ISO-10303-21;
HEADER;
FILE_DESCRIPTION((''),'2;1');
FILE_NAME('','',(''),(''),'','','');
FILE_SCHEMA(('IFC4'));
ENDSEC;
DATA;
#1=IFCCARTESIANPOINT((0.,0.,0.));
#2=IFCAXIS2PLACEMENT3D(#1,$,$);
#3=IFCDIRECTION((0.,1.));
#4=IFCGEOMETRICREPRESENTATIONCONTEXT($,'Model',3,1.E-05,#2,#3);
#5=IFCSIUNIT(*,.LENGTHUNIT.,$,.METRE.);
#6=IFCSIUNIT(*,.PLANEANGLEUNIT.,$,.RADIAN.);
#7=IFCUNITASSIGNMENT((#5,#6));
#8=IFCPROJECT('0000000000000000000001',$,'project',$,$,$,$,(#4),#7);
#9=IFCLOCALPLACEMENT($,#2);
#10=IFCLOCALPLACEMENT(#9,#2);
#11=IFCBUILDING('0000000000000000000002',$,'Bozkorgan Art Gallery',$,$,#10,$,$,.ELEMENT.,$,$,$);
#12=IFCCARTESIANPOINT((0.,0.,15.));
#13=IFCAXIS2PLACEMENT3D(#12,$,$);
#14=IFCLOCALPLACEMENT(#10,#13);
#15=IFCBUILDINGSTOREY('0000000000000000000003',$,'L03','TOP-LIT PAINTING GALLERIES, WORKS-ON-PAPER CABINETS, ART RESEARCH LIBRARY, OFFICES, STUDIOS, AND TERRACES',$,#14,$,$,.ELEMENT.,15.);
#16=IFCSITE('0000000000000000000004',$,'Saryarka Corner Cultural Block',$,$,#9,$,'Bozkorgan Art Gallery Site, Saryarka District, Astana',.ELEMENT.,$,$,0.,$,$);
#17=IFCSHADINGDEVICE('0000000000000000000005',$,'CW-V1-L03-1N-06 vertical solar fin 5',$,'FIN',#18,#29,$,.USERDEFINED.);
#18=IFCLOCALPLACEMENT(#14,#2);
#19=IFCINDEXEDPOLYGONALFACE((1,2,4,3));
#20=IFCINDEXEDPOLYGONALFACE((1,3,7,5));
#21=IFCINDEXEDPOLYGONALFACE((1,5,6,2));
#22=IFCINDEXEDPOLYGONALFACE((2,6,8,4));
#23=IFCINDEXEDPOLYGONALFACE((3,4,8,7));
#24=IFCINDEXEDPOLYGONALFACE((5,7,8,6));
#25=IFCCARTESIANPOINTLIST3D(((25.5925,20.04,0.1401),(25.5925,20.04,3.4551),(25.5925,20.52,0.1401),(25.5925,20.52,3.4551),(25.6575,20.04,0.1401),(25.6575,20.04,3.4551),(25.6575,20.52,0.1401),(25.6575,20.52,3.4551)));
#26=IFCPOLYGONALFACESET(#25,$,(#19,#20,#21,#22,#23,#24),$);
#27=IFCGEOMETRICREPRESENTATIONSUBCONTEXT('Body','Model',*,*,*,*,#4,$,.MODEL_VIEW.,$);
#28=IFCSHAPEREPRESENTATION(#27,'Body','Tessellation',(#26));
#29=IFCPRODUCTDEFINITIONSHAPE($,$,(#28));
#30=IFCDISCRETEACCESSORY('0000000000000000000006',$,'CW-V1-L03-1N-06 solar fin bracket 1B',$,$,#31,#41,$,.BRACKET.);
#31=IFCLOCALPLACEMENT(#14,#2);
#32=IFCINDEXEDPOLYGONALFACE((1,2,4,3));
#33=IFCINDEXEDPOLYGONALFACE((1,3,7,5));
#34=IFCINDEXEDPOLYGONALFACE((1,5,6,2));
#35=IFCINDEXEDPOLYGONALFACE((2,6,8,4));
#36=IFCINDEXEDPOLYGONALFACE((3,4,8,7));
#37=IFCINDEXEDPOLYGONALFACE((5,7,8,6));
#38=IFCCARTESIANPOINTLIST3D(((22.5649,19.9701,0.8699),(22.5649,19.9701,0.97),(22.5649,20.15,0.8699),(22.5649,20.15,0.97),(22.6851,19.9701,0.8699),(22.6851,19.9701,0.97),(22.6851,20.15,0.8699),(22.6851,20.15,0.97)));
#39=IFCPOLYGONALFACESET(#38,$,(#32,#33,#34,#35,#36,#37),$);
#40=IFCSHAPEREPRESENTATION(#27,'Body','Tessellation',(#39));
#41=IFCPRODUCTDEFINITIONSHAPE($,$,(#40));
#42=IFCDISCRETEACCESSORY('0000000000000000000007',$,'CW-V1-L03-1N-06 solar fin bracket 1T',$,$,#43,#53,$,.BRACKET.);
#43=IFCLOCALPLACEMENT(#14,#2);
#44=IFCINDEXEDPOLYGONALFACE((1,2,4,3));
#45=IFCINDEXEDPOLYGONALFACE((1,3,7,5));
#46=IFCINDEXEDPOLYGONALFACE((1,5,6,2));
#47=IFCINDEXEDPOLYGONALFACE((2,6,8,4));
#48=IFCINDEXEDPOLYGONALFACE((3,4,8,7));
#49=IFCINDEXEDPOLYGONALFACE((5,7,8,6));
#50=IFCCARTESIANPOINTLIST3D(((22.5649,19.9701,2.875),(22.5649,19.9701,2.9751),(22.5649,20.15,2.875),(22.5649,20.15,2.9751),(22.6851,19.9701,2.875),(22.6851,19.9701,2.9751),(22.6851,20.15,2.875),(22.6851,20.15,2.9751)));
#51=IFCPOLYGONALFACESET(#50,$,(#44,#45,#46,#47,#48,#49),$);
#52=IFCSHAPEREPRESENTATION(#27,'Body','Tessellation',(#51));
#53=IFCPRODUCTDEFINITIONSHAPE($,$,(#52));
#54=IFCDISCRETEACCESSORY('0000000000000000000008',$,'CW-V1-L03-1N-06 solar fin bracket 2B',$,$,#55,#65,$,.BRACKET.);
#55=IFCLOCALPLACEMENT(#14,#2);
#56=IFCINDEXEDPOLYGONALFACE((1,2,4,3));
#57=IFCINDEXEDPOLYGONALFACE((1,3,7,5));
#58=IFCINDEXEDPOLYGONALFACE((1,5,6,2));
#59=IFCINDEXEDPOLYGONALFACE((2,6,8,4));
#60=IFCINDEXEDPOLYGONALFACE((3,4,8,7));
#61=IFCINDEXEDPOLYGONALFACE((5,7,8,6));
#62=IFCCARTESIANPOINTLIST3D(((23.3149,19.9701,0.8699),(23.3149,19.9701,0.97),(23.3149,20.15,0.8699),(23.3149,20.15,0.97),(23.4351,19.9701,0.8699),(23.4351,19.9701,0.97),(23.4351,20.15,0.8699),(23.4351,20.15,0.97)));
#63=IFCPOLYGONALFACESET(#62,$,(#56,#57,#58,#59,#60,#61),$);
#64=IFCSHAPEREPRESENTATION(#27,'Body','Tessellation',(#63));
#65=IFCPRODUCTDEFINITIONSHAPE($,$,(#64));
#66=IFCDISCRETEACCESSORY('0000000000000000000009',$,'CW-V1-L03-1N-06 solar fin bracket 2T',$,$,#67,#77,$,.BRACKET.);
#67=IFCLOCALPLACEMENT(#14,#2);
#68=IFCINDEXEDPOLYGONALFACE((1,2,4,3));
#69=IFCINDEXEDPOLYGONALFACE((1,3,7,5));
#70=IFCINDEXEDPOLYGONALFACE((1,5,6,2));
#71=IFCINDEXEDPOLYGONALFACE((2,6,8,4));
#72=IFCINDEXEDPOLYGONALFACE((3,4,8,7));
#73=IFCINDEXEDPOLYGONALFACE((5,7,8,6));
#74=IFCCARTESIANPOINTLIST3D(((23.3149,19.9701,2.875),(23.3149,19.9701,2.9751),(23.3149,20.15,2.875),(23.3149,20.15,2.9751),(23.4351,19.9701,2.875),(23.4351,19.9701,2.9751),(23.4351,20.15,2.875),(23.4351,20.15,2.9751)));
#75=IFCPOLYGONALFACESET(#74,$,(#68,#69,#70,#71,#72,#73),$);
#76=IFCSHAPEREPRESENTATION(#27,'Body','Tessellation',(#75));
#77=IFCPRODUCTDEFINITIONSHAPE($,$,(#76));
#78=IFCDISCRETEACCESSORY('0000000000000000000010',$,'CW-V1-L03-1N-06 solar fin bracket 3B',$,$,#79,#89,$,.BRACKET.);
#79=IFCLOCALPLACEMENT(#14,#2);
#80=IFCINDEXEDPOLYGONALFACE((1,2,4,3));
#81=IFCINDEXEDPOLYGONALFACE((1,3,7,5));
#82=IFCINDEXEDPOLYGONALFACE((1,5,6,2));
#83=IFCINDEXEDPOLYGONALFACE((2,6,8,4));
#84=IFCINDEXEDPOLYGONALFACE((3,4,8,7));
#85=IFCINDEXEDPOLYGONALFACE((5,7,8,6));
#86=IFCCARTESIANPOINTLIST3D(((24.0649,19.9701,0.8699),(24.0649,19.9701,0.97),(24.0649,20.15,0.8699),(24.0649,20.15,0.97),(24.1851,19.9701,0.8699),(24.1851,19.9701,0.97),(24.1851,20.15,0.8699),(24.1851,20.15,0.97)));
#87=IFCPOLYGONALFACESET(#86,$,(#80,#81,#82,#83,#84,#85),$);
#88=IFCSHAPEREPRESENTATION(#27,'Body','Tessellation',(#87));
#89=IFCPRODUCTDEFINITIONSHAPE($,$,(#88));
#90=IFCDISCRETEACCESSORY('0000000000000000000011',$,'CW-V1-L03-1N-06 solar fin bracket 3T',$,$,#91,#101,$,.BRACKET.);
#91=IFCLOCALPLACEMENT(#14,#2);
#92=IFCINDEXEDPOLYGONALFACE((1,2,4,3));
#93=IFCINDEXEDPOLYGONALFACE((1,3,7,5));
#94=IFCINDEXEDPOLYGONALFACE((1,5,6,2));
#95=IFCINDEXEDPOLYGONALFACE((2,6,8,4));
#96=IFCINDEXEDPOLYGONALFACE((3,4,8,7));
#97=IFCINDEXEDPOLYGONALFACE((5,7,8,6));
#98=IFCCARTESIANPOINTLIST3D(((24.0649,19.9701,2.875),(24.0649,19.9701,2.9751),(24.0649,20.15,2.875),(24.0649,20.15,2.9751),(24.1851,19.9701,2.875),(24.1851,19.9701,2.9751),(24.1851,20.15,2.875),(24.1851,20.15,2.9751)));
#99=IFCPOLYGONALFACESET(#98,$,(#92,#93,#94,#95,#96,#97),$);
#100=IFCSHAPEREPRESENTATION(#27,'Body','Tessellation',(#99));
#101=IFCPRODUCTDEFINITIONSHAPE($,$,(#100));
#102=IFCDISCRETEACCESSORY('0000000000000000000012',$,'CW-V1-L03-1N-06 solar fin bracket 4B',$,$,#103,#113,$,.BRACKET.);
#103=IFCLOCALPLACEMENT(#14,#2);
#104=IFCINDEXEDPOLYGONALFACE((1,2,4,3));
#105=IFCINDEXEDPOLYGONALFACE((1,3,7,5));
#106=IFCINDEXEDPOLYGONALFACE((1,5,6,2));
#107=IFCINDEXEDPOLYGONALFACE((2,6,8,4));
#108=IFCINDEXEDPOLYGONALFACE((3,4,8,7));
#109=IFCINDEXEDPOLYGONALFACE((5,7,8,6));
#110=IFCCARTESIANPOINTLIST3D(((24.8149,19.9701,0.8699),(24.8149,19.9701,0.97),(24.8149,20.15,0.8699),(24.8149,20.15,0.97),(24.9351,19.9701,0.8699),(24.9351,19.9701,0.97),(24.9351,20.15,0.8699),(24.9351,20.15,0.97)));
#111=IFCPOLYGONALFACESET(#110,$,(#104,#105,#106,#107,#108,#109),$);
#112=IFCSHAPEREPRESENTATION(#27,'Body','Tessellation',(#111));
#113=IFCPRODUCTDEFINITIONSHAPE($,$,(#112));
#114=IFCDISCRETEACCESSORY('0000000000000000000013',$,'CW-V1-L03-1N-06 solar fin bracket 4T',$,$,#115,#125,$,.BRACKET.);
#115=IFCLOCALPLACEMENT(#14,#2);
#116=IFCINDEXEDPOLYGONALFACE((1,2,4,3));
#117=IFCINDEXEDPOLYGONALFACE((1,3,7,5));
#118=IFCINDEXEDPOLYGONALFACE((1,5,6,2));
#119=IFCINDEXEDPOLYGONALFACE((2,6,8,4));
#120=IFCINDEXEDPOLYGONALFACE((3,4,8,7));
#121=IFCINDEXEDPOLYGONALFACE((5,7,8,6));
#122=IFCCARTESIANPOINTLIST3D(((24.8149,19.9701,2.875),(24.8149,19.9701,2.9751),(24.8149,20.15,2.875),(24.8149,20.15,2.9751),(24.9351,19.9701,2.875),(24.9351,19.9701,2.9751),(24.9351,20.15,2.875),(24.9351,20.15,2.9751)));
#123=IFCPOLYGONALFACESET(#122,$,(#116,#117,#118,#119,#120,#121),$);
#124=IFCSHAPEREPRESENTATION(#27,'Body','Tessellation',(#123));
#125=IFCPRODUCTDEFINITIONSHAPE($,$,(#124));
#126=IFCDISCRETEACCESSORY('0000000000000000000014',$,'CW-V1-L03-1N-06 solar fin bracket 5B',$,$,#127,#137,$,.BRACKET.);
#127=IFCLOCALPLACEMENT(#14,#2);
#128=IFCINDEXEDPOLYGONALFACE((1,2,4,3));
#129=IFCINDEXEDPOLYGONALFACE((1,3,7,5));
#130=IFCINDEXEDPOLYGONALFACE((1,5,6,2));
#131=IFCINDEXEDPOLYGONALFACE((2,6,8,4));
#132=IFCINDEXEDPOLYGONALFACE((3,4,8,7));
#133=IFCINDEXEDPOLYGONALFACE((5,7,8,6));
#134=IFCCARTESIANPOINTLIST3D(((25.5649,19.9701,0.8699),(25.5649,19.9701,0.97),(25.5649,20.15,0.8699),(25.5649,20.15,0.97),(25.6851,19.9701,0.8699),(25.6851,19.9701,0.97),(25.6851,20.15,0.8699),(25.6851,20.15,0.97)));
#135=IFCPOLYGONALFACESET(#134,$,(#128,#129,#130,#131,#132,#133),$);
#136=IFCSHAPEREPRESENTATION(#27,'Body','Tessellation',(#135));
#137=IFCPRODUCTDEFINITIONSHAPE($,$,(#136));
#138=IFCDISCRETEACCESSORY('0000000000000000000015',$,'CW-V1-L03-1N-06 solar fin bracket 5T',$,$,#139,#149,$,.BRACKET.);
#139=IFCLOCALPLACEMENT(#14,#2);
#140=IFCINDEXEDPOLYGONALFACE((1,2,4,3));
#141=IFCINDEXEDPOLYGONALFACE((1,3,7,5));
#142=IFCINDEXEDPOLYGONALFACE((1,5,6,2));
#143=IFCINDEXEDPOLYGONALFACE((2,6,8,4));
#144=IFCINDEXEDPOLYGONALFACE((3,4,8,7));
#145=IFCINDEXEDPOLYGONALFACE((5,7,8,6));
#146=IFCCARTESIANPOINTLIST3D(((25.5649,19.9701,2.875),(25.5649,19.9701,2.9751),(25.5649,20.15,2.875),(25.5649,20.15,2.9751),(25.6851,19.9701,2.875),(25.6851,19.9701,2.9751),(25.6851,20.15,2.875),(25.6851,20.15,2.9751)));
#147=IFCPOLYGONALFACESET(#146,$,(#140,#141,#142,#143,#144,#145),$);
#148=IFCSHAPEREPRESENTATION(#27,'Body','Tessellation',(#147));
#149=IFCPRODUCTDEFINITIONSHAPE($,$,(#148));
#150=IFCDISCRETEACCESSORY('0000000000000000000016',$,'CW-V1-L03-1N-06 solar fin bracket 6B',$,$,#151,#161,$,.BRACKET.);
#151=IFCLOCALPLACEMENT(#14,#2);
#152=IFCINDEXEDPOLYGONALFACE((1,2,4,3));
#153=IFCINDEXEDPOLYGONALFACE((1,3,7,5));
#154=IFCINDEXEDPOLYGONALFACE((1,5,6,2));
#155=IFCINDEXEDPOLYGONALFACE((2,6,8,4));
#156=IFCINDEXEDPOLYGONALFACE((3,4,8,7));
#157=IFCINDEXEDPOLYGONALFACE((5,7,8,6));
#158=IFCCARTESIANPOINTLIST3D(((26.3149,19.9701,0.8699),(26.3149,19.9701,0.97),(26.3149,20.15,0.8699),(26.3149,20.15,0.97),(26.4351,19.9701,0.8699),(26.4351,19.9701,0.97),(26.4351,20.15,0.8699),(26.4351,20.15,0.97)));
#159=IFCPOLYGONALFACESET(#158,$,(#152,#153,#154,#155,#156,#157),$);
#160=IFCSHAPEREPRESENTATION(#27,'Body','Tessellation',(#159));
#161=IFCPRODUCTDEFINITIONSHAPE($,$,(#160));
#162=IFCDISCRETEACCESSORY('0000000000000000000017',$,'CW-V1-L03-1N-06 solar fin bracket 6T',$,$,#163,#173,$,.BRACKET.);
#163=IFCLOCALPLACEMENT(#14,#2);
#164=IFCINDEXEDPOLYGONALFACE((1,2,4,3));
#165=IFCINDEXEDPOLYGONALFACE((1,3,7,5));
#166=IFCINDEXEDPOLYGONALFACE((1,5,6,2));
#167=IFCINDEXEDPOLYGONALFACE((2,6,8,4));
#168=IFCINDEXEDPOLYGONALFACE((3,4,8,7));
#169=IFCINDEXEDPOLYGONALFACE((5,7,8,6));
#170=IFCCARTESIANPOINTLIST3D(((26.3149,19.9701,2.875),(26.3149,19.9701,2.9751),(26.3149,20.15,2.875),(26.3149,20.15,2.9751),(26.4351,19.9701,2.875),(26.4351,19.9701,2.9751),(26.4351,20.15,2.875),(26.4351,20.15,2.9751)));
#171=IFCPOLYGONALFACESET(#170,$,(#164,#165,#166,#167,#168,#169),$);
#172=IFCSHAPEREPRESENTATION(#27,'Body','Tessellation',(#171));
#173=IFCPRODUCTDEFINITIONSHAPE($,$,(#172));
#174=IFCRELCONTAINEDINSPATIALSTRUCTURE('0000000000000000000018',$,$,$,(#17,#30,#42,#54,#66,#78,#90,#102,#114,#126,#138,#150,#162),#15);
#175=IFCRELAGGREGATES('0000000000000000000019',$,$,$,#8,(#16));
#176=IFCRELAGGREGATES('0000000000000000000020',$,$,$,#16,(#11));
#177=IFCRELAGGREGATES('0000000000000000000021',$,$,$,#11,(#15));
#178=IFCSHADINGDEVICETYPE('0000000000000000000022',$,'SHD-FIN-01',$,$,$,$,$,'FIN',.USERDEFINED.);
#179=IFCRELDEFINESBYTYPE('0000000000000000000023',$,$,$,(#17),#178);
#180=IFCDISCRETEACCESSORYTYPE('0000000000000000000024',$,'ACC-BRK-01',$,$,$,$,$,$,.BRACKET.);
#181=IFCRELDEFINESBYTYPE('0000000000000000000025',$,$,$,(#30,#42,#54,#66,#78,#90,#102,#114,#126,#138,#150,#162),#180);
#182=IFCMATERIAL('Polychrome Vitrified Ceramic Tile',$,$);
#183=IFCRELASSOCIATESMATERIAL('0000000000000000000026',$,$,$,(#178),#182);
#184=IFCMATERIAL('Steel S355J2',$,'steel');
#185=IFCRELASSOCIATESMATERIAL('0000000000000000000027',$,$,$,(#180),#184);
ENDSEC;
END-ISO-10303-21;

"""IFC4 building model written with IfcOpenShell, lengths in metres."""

from ifc_helpers import new_model, si_unit, direction, frame, origin, origin_2d, place, context, subcontext, project, spatial, rectangle, extrude, material, type_object, element, save


model = new_model("IFC4")

# Units and contexts
model_context = context("Model", 3, precision=1e-05, world=origin(), true_north=direction((0.0, 1.0)))
body_context = subcontext(model_context, "Body", "Model", "MODEL_VIEW")
ifc_project = project(units=[si_unit("LENGTHUNIT", "METRE"), si_unit("PLANEANGLEUNIT", "RADIAN")], contexts=[model_context])

# Site, building, storey
site_placement = place(None, origin())
site = spatial("IfcSite", under=ifc_project, at=site_placement, Name="Saryarka Corner Cultural Block", LongName="Bozkorgan Art Gallery Site, Saryarka District, Astana", CompositionType="ELEMENT", RefElevation=0.0)
building_placement = place(site_placement, origin())
building = spatial("IfcBuilding", under=site, at=building_placement, Name="Bozkorgan Art Gallery", CompositionType="ELEMENT")
storey_placement = place(building_placement, frame((0.0, 0.0, 15.0)))
storey = spatial("IfcBuildingStorey", under=building, at=storey_placement, Name="L03", Description="TOP-LIT PAINTING GALLERIES, WORKS-ON-PAPER CABINETS, ART RESEARCH LIBRARY, OFFICES, STUDIOS, AND TERRACES", CompositionType="ELEMENT", Elevation=15.0)

# Shading device
ifc_material_1 = material(Name="Polychrome Vitrified Ceramic Tile")
shading_device_type = type_object("IfcShadingDeviceType", Name="SHD-FIN-01", ElementType="FIN", PredefinedType="USERDEFINED", material=ifc_material_1)
for number, where, z_axis, x_axis, name in (
    (1, (25.625, 20.28, 0.1401), (0.0, 0.0, 1.0), (0.0, 1.0, 0.0), "CW-V1-L03-1N-06 vertical solar fin 5"),
):
    element("IfcShadingDevice", number, at=place(storey_placement, frame(where, z_axis=z_axis, x_axis=x_axis)), inside=storey, type_object=shading_device_type, Name=name, ObjectType="FIN", PredefinedType="USERDEFINED", context=body_context, shape_type="SweptSolid", body=[
        extrude(rectangle(XDim=0.48, YDim=0.0649, at=origin_2d()), origin(), (0.0, 0.0, 1.0), 3.3149),
    ])

# Discrete accessories
ifc_material_2 = material(Name="Steel S355J2", Category="steel")
discrete_accessory_type = type_object("IfcDiscreteAccessoryType", Name="ACC-BRK-01", PredefinedType="BRACKET", material=ifc_material_2)
for number, where, z_axis, x_axis, name in (
    (2, (22.625, 20.0601, 0.8699), (0.0, 0.0, 1.0), (0.0, 1.0, 0.0), "CW-V1-L03-1N-06 solar fin bracket 1B"),
    (3, (22.625, 20.0601, 2.875), (0.0, 0.0, 1.0), (0.0, 1.0, 0.0), "CW-V1-L03-1N-06 solar fin bracket 1T"),
    (4, (23.375, 20.0601, 0.8699), (0.0, 0.0, 1.0), (0.0, 1.0, 0.0), "CW-V1-L03-1N-06 solar fin bracket 2B"),
    (5, (23.375, 20.0601, 2.875), (0.0, 0.0, 1.0), (0.0, 1.0, 0.0), "CW-V1-L03-1N-06 solar fin bracket 2T"),
    (6, (24.125, 20.0601, 0.8699), (0.0, 0.0, 1.0), (0.0, 1.0, 0.0), "CW-V1-L03-1N-06 solar fin bracket 3B"),
    (7, (24.125, 20.0601, 2.875), (0.0, 0.0, 1.0), (0.0, 1.0, 0.0), "CW-V1-L03-1N-06 solar fin bracket 3T"),
    (8, (24.875, 20.0601, 0.8699), (0.0, 0.0, 1.0), (0.0, 1.0, 0.0), "CW-V1-L03-1N-06 solar fin bracket 4B"),
    (9, (24.875, 20.0601, 2.875), (0.0, 0.0, 1.0), (0.0, 1.0, 0.0), "CW-V1-L03-1N-06 solar fin bracket 4T"),
    (10, (25.625, 20.0601, 0.8699), (0.0, 0.0, 1.0), (0.0, 1.0, 0.0), "CW-V1-L03-1N-06 solar fin bracket 5B"),
    (11, (25.625, 20.0601, 2.875), (0.0, 0.0, 1.0), (0.0, 1.0, 0.0), "CW-V1-L03-1N-06 solar fin bracket 5T"),
    (12, (26.375, 20.0601, 0.8699), (0.0, 0.0, 1.0), (0.0, 1.0, 0.0), "CW-V1-L03-1N-06 solar fin bracket 6B"),
    (13, (26.375, 20.0601, 2.875), (0.0, 0.0, 1.0), (0.0, 1.0, 0.0), "CW-V1-L03-1N-06 solar fin bracket 6T"),
):
    element("IfcDiscreteAccessory", number, at=place(storey_placement, frame(where, z_axis=z_axis, x_axis=x_axis)), inside=storey, type_object=discrete_accessory_type, Name=name, PredefinedType="BRACKET", context=body_context, shape_type="SweptSolid", body=[
        extrude(rectangle(XDim=0.1799, YDim=0.1201, at=origin_2d()), origin(), (0.0, 0.0, 1.0), 0.1001),
    ])

save(model, "model.ifc")
